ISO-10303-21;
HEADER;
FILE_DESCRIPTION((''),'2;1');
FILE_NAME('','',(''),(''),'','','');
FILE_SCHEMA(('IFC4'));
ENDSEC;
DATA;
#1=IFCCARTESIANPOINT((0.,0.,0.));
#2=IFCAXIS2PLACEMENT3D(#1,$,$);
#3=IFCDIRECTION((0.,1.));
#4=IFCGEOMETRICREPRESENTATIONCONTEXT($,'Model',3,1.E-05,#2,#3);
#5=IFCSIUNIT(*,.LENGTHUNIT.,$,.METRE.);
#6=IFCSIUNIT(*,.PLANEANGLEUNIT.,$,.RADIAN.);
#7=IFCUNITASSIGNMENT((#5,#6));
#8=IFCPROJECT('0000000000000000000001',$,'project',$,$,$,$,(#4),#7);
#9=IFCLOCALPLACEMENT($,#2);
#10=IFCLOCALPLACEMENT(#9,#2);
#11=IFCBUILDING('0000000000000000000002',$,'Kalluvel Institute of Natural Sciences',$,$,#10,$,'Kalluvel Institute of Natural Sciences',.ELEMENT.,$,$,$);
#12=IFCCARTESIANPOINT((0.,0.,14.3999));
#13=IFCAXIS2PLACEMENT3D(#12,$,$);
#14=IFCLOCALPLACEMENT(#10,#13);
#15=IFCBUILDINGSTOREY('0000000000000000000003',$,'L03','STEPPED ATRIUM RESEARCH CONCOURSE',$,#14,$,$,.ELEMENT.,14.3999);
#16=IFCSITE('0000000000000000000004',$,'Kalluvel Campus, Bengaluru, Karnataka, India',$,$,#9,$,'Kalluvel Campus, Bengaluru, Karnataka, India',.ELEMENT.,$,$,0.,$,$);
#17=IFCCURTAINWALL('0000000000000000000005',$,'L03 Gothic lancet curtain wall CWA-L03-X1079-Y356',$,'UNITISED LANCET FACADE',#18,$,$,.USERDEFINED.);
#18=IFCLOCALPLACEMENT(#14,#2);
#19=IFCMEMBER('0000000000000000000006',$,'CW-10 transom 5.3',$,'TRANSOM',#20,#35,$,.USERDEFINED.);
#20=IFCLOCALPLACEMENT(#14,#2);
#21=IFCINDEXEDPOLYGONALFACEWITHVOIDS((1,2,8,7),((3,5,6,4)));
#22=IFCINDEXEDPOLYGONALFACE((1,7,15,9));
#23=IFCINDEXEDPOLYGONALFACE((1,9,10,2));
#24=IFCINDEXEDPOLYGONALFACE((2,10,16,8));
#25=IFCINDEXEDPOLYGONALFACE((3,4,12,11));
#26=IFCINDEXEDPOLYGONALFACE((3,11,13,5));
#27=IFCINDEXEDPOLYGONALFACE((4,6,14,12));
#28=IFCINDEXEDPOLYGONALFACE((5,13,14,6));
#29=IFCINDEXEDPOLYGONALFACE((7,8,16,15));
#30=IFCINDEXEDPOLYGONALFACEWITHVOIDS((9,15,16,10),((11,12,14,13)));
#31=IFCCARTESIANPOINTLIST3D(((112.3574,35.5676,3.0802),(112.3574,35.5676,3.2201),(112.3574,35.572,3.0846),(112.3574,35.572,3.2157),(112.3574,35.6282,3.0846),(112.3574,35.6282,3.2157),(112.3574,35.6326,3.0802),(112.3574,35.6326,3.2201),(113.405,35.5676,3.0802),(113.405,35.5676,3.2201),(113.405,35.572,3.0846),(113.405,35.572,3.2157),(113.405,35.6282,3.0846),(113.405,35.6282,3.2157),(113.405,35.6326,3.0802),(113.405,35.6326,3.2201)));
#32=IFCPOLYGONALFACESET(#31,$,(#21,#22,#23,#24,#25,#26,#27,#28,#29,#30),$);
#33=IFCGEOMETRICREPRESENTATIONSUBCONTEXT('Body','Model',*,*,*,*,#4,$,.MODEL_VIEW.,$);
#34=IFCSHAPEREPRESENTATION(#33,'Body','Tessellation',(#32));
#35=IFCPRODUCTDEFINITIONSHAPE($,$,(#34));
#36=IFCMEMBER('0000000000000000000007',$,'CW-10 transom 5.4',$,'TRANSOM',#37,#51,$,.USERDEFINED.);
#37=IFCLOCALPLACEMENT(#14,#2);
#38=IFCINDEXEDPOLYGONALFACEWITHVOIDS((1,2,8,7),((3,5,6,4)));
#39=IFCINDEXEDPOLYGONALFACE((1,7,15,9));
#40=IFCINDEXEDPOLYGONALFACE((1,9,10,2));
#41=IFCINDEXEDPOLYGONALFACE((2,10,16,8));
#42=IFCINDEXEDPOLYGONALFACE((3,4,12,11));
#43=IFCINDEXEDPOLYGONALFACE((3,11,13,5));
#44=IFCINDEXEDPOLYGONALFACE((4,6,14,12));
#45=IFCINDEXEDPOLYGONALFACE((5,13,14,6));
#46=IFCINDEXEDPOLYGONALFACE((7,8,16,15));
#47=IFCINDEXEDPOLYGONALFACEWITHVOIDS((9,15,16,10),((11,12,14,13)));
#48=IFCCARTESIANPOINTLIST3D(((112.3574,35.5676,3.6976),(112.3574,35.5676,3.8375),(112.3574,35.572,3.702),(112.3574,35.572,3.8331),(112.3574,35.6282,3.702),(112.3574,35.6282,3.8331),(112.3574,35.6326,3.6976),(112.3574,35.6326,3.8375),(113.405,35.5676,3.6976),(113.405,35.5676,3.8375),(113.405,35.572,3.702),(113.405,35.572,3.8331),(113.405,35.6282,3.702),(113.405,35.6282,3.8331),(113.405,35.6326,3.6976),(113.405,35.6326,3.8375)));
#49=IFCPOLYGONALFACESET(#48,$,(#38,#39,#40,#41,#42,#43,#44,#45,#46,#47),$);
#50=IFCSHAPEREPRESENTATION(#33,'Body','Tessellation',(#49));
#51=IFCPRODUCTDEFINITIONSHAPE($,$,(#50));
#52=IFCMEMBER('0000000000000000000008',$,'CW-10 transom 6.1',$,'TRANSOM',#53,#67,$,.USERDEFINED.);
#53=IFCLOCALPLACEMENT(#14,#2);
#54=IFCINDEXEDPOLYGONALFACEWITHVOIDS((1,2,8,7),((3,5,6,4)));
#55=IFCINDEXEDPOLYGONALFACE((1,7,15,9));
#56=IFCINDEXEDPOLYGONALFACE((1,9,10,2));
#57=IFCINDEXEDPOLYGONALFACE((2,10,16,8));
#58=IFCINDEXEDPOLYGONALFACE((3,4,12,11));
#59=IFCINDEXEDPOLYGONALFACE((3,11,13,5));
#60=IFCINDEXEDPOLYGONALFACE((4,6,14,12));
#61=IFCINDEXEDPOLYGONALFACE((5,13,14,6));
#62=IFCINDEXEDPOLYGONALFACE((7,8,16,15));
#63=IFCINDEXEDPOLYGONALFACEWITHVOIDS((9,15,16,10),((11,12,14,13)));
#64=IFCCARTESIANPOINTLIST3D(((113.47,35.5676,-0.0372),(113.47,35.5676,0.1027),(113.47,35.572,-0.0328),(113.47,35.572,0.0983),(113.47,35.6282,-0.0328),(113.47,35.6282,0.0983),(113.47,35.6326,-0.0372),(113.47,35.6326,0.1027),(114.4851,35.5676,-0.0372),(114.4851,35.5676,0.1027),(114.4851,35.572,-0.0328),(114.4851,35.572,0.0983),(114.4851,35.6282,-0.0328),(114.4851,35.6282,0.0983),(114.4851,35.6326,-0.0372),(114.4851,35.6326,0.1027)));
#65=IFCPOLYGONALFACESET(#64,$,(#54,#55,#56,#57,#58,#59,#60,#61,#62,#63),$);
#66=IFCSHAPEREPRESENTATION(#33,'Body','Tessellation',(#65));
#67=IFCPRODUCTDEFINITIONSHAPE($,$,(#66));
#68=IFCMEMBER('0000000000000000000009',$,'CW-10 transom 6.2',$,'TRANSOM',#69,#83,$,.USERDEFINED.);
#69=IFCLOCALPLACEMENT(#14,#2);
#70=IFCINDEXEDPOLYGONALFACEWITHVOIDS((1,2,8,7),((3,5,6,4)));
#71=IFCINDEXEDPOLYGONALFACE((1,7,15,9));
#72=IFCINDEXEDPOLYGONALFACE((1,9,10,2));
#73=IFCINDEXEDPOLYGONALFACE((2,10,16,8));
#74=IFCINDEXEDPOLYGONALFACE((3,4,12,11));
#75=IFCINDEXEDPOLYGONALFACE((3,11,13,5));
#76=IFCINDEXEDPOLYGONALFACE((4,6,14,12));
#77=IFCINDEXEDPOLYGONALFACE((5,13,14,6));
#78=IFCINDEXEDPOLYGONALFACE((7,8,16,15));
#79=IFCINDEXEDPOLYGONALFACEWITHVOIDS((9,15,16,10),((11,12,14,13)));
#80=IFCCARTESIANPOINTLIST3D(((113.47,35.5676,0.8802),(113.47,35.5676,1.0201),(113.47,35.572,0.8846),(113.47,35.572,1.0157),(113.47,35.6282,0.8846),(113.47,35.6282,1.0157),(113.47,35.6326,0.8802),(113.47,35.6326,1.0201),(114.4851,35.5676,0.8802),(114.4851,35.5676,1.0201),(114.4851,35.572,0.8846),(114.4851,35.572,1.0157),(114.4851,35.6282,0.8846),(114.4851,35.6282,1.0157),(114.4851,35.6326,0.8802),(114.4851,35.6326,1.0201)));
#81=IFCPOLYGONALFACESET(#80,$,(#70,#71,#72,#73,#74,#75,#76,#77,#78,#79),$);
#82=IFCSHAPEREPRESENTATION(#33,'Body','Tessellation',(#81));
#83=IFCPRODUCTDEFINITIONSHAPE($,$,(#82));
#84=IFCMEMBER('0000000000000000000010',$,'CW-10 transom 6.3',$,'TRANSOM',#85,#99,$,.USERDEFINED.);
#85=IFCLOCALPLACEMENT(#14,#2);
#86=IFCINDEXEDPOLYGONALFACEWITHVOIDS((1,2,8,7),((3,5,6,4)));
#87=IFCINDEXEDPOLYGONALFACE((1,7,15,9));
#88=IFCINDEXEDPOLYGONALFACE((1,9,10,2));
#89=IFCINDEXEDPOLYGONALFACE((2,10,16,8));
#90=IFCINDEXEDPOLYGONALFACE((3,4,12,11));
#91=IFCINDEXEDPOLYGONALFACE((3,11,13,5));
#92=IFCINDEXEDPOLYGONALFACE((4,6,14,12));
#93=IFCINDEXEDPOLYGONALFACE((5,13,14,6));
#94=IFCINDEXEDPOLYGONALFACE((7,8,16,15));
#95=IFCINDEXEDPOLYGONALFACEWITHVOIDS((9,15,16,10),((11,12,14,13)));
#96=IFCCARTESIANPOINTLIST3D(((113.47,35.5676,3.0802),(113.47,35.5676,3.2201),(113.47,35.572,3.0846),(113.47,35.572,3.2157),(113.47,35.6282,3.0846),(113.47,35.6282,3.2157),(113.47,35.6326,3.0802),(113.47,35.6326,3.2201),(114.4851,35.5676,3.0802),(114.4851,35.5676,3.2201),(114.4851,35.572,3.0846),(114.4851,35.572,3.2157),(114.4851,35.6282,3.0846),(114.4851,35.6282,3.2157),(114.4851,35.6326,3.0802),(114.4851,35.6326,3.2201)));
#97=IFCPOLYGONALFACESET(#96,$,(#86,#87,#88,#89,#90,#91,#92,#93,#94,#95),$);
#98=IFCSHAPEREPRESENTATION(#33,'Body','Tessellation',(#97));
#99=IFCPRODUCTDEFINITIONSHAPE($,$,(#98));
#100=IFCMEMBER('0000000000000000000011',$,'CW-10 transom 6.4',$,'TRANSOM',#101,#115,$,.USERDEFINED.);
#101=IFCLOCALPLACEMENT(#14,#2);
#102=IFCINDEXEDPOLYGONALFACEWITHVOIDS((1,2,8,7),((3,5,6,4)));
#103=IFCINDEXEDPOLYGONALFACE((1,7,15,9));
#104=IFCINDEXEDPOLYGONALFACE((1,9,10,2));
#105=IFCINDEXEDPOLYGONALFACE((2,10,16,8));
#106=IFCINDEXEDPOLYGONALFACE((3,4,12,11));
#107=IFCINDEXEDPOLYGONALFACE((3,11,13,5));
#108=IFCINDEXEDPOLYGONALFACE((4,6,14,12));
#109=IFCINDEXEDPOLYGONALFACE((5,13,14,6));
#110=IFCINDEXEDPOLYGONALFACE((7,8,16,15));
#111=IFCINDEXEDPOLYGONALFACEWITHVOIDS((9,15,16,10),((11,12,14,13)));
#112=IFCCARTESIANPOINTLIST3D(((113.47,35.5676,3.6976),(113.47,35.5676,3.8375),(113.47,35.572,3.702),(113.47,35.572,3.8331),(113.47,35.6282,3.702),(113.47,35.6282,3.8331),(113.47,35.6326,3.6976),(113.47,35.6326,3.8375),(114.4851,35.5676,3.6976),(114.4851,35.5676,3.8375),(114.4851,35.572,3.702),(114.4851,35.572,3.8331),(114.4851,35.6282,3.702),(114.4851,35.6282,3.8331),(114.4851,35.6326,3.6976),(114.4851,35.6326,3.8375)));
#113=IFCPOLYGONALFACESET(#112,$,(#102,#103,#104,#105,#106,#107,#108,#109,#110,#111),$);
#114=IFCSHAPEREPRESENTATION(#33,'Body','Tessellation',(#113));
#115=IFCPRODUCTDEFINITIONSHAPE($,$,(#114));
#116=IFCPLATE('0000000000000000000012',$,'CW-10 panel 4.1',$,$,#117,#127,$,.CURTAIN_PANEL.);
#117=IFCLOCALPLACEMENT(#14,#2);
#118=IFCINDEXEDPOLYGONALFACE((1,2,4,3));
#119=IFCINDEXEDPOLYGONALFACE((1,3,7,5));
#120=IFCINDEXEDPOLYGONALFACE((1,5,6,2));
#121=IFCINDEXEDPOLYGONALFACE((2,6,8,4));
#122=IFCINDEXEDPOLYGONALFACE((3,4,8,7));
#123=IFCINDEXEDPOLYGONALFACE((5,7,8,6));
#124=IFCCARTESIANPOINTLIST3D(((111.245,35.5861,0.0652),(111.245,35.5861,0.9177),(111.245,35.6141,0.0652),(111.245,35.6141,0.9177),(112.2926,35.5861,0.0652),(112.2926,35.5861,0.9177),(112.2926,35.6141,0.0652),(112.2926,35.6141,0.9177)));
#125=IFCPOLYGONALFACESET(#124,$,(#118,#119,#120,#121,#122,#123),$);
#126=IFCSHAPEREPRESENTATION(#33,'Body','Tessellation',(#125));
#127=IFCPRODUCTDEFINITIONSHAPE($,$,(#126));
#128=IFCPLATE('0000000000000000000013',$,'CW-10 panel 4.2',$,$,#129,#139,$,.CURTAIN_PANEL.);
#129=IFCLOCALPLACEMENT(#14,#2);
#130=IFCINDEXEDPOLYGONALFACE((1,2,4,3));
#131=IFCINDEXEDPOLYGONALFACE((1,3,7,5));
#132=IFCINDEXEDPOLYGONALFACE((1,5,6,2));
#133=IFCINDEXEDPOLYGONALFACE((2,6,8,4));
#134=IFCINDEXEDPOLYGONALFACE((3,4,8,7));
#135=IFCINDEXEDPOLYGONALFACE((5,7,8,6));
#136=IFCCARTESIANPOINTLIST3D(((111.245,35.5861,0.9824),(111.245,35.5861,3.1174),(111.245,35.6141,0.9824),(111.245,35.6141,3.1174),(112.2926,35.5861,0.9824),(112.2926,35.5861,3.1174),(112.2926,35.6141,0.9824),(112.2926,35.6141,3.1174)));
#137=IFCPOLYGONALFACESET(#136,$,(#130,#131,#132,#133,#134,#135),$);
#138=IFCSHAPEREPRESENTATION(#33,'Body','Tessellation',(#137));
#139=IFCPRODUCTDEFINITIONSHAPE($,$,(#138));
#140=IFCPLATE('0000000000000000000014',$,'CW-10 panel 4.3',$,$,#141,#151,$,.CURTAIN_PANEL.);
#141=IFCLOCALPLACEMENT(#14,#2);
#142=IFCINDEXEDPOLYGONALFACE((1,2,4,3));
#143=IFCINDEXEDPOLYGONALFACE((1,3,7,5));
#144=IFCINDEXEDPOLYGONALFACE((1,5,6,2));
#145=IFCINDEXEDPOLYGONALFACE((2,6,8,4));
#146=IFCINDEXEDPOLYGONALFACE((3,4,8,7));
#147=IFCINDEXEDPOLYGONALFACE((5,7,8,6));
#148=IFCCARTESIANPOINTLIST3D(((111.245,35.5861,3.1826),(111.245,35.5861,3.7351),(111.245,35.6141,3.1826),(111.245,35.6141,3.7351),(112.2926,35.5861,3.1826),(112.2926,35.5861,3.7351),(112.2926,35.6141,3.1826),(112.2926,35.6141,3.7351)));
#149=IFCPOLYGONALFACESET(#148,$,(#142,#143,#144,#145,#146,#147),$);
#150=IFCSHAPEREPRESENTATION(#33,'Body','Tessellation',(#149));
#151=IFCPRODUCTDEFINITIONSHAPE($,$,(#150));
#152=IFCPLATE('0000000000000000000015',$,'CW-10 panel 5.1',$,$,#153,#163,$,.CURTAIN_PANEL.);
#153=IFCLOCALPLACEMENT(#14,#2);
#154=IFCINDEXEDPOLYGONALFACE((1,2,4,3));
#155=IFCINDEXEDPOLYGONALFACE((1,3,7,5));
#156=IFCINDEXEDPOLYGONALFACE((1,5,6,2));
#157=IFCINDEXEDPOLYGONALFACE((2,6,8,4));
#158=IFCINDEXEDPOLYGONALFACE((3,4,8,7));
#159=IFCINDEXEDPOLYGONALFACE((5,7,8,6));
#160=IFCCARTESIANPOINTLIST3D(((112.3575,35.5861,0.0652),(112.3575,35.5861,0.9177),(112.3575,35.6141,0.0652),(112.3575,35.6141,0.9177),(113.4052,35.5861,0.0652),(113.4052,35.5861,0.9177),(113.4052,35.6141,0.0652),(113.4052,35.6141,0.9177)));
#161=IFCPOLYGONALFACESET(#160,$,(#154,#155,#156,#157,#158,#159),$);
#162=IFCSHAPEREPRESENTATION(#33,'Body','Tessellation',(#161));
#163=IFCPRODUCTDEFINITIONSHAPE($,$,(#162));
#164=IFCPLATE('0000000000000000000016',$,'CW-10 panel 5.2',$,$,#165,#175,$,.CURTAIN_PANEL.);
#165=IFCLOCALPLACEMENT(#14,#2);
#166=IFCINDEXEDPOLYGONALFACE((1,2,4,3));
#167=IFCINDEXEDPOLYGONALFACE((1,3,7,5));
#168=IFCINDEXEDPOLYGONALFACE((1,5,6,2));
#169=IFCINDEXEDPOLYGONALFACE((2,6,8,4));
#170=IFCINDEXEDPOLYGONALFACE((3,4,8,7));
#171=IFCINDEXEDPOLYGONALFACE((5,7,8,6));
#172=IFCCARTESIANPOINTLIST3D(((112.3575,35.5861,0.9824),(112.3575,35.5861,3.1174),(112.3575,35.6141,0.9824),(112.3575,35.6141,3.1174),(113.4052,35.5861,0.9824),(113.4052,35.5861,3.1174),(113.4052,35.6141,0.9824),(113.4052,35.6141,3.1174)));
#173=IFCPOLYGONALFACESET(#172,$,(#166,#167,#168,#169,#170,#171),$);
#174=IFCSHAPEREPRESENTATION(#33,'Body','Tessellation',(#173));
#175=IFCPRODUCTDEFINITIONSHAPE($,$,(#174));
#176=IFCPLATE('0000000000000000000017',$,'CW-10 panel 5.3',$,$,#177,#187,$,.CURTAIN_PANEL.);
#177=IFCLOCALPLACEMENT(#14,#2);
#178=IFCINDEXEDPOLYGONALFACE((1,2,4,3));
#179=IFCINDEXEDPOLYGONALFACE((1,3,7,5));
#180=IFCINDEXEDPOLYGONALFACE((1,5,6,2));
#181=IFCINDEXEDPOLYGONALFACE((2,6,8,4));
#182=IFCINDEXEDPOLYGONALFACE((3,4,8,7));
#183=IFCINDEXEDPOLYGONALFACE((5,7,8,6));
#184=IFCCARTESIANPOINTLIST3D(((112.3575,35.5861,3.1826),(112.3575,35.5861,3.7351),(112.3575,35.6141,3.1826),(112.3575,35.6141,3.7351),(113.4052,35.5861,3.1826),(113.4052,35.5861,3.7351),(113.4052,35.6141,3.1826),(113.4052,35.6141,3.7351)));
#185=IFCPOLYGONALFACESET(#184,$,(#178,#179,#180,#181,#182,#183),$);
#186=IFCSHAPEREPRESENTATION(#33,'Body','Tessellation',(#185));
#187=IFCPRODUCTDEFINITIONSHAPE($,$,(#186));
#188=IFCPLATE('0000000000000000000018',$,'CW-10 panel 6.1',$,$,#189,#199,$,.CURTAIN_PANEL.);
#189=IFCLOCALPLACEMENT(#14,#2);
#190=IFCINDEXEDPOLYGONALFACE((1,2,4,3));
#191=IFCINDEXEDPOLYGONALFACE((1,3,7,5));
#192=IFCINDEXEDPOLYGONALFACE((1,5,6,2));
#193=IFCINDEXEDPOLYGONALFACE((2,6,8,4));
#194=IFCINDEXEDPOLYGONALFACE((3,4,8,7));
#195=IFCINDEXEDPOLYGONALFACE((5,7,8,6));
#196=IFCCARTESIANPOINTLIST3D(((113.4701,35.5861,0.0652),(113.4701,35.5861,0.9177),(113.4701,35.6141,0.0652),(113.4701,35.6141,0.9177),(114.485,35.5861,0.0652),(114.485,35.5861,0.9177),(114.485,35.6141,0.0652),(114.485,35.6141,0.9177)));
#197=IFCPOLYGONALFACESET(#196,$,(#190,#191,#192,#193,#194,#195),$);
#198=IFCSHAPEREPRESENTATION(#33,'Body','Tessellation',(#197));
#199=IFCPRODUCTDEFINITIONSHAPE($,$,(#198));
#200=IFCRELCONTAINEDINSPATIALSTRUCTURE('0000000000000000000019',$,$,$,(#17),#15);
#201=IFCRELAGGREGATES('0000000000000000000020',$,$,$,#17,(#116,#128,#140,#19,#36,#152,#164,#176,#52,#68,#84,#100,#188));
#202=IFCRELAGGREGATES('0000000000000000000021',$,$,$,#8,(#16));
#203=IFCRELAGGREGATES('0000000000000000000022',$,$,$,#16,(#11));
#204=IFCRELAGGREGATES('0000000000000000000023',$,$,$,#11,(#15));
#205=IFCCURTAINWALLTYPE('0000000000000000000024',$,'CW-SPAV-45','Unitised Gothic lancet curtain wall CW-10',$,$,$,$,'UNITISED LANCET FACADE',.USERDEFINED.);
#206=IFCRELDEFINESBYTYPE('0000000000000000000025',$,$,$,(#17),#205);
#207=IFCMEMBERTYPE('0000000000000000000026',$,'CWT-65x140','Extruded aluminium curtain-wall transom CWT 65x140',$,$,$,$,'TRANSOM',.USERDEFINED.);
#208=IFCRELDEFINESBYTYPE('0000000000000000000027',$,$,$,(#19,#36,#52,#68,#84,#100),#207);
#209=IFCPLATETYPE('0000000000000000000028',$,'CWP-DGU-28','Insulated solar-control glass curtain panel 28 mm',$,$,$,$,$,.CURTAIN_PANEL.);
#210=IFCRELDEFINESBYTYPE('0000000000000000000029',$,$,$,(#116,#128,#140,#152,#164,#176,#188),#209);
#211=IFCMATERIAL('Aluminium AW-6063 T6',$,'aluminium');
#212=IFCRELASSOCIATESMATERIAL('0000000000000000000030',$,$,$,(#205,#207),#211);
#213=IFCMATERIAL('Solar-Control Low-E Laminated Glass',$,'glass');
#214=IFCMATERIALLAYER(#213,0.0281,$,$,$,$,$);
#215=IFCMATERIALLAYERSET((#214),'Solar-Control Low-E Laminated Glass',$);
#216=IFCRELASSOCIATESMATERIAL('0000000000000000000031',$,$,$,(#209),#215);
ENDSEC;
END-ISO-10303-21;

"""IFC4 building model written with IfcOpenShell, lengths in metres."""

from ifc_helpers import new_model, si_unit, direction, frame, origin, origin_2d, place, context, subcontext, project, spatial, rectangle, hollow_rectangle, extrude, material, layer, layer_set, material_profile, profile_set, type_object, element, aggregate, save


model = new_model("IFC4")

# Units and contexts
model_context = context("Model", 3, precision=1e-05, world=origin(), true_north=direction((0.0, 1.0)))
body_context = subcontext(model_context, "Body", "Model", "MODEL_VIEW")
ifc_project = project(units=[si_unit("LENGTHUNIT", "METRE"), si_unit("PLANEANGLEUNIT", "RADIAN")], contexts=[model_context])

# Site, building, storey
site_placement = place(None, origin())
site = spatial("IfcSite", under=ifc_project, at=site_placement, Name="Kalluvel Campus, Bengaluru, Karnataka, India", LongName="Kalluvel Campus, Bengaluru, Karnataka, India", CompositionType="ELEMENT", RefElevation=0.0)
building_placement = place(site_placement, origin())
building = spatial("IfcBuilding", under=site, at=building_placement, Name="Kalluvel Institute of Natural Sciences", LongName="Kalluvel Institute of Natural Sciences", CompositionType="ELEMENT")
storey_placement = place(building_placement, frame((0.0, 0.0, 14.3999)))
storey = spatial("IfcBuildingStorey", under=building, at=storey_placement, Name="L03", Description="STEPPED ATRIUM RESEARCH CONCOURSE", CompositionType="ELEMENT", Elevation=14.3999)

# Curtain wall, members, plates
ifc_material_1 = material(Name="Aluminium AW-6063 T6", Category="aluminium")
curtain_wall_type = type_object("IfcCurtainWallType", Name="CW-SPAV-45", Description="Unitised Gothic lancet curtain wall CW-10", ElementType="UNITISED LANCET FACADE", PredefinedType="USERDEFINED", material=ifc_material_1)
curtain_wall_placement = place(storey_placement, origin())
curtain_wall = element("IfcCurtainWall", 1, at=curtain_wall_placement, inside=storey, type_object=curtain_wall_type, Name="L03 Gothic lancet curtain wall CWA-L03-X1079-Y356", ObjectType="UNITISED LANCET FACADE", PredefinedType="USERDEFINED")
ifc_material_profile_1 = material_profile(ifc_material_1, hollow_rectangle(XDim=0.0649, YDim=0.1399, WallThickness=0.0044, at=origin_2d()), Name="CWT 65x140")
ifc_profile_set_1 = profile_set([ifc_material_profile_1], Name="Aluminium AW-6063 T6")
member_type_1 = type_object("IfcMemberType", Name="CWT-65x140", Description="Extruded aluminium curtain-wall transom CWT 65x140", ElementType="TRANSOM", PredefinedType="USERDEFINED", material=ifc_profile_set_1)
member_1_placement = place(storey_placement, frame((112.3574, 35.6001, 3.1501), z_axis=(1.0, 0.0, 0.0), x_axis=(0.0, 1.0, 0.0)))
member_1 = element("IfcMember", 2, at=member_1_placement, type_object=member_type_1, Name="CW-10 transom 5.3", ObjectType="TRANSOM", PredefinedType="USERDEFINED", context=body_context, shape_type="SweptSolid", body=[
    extrude(hollow_rectangle(XDim=0.0649, YDim=0.1399, WallThickness=0.0044, at=origin_2d()), origin(), (0.0, 0.0, 1.0), 1.0476),
])
member_2_placement = place(storey_placement, frame((112.3574, 35.6001, 3.7676), z_axis=(1.0, 0.0, 0.0), x_axis=(0.0, 1.0, 0.0)))
member_2 = element("IfcMember", 3, at=member_2_placement, type_object=member_type_1, Name="CW-10 transom 5.4", ObjectType="TRANSOM", PredefinedType="USERDEFINED", context=body_context, shape_type="SweptSolid", body=[
    extrude(hollow_rectangle(XDim=0.0649, YDim=0.1399, WallThickness=0.0044, at=origin_2d()), origin(), (0.0, 0.0, 1.0), 1.0476),
])
member_3_placement = place(storey_placement, frame((113.47, 35.6001, 0.0327), z_axis=(1.0, 0.0, 0.0), x_axis=(0.0, 1.0, 0.0)))
member_3 = element("IfcMember", 4, at=member_3_placement, type_object=member_type_1, Name="CW-10 transom 6.1", ObjectType="TRANSOM", PredefinedType="USERDEFINED", context=body_context, shape_type="SweptSolid", body=[
    extrude(hollow_rectangle(XDim=0.0649, YDim=0.1399, WallThickness=0.0044, at=origin_2d()), origin(), (0.0, 0.0, 1.0), 1.0151),
])
member_4_placement = place(storey_placement, frame((113.47, 35.6001, 0.9502), z_axis=(1.0, 0.0, 0.0), x_axis=(0.0, 1.0, 0.0)))
member_4 = element("IfcMember", 5, at=member_4_placement, type_object=member_type_1, Name="CW-10 transom 6.2", ObjectType="TRANSOM", PredefinedType="USERDEFINED", context=body_context, shape_type="SweptSolid", body=[
    extrude(hollow_rectangle(XDim=0.0649, YDim=0.1399, WallThickness=0.0044, at=origin_2d()), origin(), (0.0, 0.0, 1.0), 1.0151),
])
member_5_placement = place(storey_placement, frame((113.47, 35.6001, 3.1501), z_axis=(1.0, 0.0, 0.0), x_axis=(0.0, 1.0, 0.0)))
member_5 = element("IfcMember", 6, at=member_5_placement, type_object=member_type_1, Name="CW-10 transom 6.3", ObjectType="TRANSOM", PredefinedType="USERDEFINED", context=body_context, shape_type="SweptSolid", body=[
    extrude(hollow_rectangle(XDim=0.0649, YDim=0.1399, WallThickness=0.0044, at=origin_2d()), origin(), (0.0, 0.0, 1.0), 1.0151),
])
member_6_placement = place(storey_placement, frame((113.47, 35.6001, 3.7676), z_axis=(1.0, 0.0, 0.0), x_axis=(0.0, 1.0, 0.0)))
member_6 = element("IfcMember", 7, at=member_6_placement, type_object=member_type_1, Name="CW-10 transom 6.4", ObjectType="TRANSOM", PredefinedType="USERDEFINED", context=body_context, shape_type="SweptSolid", body=[
    extrude(hollow_rectangle(XDim=0.0649, YDim=0.1399, WallThickness=0.0044, at=origin_2d()), origin(), (0.0, 0.0, 1.0), 1.0151),
])
ifc_material_2 = material(Name="Solar-Control Low-E Laminated Glass", Category="glass")
ifc_layer_1 = layer(ifc_material_2, 0.0281)
ifc_layer_set_1 = layer_set([ifc_layer_1], Name="Solar-Control Low-E Laminated Glass")
plate_type = type_object("IfcPlateType", Name="CWP-DGU-28", Description="Insulated solar-control glass curtain panel 28 mm", PredefinedType="CURTAIN_PANEL", material=ifc_layer_set_1)
plate_1_placement = place(storey_placement, frame((111.7688, 35.6001, 0.0652), z_axis=(0.0, 0.0, 1.0), x_axis=(1.0, 0.0, 0.0)))
plate_1 = element("IfcPlate", 8, at=plate_1_placement, type_object=plate_type, Name="CW-10 panel 4.1", PredefinedType="CURTAIN_PANEL", context=body_context, shape_type="SweptSolid", body=[
    extrude(rectangle(XDim=1.0476, YDim=0.0281, at=origin_2d()), origin(), (0.0, 0.0, 1.0), 0.8525),
])
plate_2_placement = place(storey_placement, frame((111.7688, 35.6001, 0.9824), z_axis=(0.0, 0.0, 1.0), x_axis=(1.0, 0.0, 0.0)))
plate_2 = element("IfcPlate", 9, at=plate_2_placement, type_object=plate_type, Name="CW-10 panel 4.2", PredefinedType="CURTAIN_PANEL", context=body_context, shape_type="SweptSolid", body=[
    extrude(rectangle(XDim=1.0476, YDim=0.0281, at=origin_2d()), origin(), (0.0, 0.0, 1.0), 2.135),
])
plate_3_placement = place(storey_placement, frame((111.7688, 35.6001, 3.1826), z_axis=(0.0, 0.0, 1.0), x_axis=(1.0, 0.0, 0.0)))
plate_3 = element("IfcPlate", 10, at=plate_3_placement, type_object=plate_type, Name="CW-10 panel 4.3", PredefinedType="CURTAIN_PANEL", context=body_context, shape_type="SweptSolid", body=[
    extrude(rectangle(XDim=1.0476, YDim=0.0281, at=origin_2d()), origin(), (0.0, 0.0, 1.0), 0.5525),
])
plate_4_placement = place(storey_placement, frame((112.8813, 35.6001, 0.0652), z_axis=(0.0, 0.0, 1.0), x_axis=(1.0, 0.0, 0.0)))
plate_4 = element("IfcPlate", 11, at=plate_4_placement, type_object=plate_type, Name="CW-10 panel 5.1", PredefinedType="CURTAIN_PANEL", context=body_context, shape_type="SweptSolid", body=[
    extrude(rectangle(XDim=1.0476, YDim=0.0281, at=origin_2d()), origin(), (0.0, 0.0, 1.0), 0.8525),
])
plate_5_placement = place(storey_placement, frame((112.8813, 35.6001, 0.9824), z_axis=(0.0, 0.0, 1.0), x_axis=(1.0, 0.0, 0.0)))
plate_5 = element("IfcPlate", 12, at=plate_5_placement, type_object=plate_type, Name="CW-10 panel 5.2", PredefinedType="CURTAIN_PANEL", context=body_context, shape_type="SweptSolid", body=[
    extrude(rectangle(XDim=1.0476, YDim=0.0281, at=origin_2d()), origin(), (0.0, 0.0, 1.0), 2.135),
])
plate_6_placement = place(storey_placement, frame((112.8813, 35.6001, 3.1826), z_axis=(0.0, 0.0, 1.0), x_axis=(1.0, 0.0, 0.0)))
plate_6 = element("IfcPlate", 13, at=plate_6_placement, type_object=plate_type, Name="CW-10 panel 5.3", PredefinedType="CURTAIN_PANEL", context=body_context, shape_type="SweptSolid", body=[
    extrude(rectangle(XDim=1.0476, YDim=0.0281, at=origin_2d()), origin(), (0.0, 0.0, 1.0), 0.5525),
])
plate_7_placement = place(storey_placement, frame((113.9775, 35.6001, 0.0652), z_axis=(0.0, 0.0, 1.0), x_axis=(1.0, 0.0, 0.0)))
plate_7 = element("IfcPlate", 14, at=plate_7_placement, type_object=plate_type, Name="CW-10 panel 6.1", PredefinedType="CURTAIN_PANEL", context=body_context, shape_type="SweptSolid", body=[
    extrude(rectangle(XDim=1.0149, YDim=0.0281, at=origin_2d()), origin(), (0.0, 0.0, 1.0), 0.8525),
])
aggregate(curtain_wall, [plate_1, plate_2, plate_3, member_1, member_2, plate_4, plate_5, plate_6, member_3, member_4, member_5, member_6, plate_7])

save(model, "model.ifc")
